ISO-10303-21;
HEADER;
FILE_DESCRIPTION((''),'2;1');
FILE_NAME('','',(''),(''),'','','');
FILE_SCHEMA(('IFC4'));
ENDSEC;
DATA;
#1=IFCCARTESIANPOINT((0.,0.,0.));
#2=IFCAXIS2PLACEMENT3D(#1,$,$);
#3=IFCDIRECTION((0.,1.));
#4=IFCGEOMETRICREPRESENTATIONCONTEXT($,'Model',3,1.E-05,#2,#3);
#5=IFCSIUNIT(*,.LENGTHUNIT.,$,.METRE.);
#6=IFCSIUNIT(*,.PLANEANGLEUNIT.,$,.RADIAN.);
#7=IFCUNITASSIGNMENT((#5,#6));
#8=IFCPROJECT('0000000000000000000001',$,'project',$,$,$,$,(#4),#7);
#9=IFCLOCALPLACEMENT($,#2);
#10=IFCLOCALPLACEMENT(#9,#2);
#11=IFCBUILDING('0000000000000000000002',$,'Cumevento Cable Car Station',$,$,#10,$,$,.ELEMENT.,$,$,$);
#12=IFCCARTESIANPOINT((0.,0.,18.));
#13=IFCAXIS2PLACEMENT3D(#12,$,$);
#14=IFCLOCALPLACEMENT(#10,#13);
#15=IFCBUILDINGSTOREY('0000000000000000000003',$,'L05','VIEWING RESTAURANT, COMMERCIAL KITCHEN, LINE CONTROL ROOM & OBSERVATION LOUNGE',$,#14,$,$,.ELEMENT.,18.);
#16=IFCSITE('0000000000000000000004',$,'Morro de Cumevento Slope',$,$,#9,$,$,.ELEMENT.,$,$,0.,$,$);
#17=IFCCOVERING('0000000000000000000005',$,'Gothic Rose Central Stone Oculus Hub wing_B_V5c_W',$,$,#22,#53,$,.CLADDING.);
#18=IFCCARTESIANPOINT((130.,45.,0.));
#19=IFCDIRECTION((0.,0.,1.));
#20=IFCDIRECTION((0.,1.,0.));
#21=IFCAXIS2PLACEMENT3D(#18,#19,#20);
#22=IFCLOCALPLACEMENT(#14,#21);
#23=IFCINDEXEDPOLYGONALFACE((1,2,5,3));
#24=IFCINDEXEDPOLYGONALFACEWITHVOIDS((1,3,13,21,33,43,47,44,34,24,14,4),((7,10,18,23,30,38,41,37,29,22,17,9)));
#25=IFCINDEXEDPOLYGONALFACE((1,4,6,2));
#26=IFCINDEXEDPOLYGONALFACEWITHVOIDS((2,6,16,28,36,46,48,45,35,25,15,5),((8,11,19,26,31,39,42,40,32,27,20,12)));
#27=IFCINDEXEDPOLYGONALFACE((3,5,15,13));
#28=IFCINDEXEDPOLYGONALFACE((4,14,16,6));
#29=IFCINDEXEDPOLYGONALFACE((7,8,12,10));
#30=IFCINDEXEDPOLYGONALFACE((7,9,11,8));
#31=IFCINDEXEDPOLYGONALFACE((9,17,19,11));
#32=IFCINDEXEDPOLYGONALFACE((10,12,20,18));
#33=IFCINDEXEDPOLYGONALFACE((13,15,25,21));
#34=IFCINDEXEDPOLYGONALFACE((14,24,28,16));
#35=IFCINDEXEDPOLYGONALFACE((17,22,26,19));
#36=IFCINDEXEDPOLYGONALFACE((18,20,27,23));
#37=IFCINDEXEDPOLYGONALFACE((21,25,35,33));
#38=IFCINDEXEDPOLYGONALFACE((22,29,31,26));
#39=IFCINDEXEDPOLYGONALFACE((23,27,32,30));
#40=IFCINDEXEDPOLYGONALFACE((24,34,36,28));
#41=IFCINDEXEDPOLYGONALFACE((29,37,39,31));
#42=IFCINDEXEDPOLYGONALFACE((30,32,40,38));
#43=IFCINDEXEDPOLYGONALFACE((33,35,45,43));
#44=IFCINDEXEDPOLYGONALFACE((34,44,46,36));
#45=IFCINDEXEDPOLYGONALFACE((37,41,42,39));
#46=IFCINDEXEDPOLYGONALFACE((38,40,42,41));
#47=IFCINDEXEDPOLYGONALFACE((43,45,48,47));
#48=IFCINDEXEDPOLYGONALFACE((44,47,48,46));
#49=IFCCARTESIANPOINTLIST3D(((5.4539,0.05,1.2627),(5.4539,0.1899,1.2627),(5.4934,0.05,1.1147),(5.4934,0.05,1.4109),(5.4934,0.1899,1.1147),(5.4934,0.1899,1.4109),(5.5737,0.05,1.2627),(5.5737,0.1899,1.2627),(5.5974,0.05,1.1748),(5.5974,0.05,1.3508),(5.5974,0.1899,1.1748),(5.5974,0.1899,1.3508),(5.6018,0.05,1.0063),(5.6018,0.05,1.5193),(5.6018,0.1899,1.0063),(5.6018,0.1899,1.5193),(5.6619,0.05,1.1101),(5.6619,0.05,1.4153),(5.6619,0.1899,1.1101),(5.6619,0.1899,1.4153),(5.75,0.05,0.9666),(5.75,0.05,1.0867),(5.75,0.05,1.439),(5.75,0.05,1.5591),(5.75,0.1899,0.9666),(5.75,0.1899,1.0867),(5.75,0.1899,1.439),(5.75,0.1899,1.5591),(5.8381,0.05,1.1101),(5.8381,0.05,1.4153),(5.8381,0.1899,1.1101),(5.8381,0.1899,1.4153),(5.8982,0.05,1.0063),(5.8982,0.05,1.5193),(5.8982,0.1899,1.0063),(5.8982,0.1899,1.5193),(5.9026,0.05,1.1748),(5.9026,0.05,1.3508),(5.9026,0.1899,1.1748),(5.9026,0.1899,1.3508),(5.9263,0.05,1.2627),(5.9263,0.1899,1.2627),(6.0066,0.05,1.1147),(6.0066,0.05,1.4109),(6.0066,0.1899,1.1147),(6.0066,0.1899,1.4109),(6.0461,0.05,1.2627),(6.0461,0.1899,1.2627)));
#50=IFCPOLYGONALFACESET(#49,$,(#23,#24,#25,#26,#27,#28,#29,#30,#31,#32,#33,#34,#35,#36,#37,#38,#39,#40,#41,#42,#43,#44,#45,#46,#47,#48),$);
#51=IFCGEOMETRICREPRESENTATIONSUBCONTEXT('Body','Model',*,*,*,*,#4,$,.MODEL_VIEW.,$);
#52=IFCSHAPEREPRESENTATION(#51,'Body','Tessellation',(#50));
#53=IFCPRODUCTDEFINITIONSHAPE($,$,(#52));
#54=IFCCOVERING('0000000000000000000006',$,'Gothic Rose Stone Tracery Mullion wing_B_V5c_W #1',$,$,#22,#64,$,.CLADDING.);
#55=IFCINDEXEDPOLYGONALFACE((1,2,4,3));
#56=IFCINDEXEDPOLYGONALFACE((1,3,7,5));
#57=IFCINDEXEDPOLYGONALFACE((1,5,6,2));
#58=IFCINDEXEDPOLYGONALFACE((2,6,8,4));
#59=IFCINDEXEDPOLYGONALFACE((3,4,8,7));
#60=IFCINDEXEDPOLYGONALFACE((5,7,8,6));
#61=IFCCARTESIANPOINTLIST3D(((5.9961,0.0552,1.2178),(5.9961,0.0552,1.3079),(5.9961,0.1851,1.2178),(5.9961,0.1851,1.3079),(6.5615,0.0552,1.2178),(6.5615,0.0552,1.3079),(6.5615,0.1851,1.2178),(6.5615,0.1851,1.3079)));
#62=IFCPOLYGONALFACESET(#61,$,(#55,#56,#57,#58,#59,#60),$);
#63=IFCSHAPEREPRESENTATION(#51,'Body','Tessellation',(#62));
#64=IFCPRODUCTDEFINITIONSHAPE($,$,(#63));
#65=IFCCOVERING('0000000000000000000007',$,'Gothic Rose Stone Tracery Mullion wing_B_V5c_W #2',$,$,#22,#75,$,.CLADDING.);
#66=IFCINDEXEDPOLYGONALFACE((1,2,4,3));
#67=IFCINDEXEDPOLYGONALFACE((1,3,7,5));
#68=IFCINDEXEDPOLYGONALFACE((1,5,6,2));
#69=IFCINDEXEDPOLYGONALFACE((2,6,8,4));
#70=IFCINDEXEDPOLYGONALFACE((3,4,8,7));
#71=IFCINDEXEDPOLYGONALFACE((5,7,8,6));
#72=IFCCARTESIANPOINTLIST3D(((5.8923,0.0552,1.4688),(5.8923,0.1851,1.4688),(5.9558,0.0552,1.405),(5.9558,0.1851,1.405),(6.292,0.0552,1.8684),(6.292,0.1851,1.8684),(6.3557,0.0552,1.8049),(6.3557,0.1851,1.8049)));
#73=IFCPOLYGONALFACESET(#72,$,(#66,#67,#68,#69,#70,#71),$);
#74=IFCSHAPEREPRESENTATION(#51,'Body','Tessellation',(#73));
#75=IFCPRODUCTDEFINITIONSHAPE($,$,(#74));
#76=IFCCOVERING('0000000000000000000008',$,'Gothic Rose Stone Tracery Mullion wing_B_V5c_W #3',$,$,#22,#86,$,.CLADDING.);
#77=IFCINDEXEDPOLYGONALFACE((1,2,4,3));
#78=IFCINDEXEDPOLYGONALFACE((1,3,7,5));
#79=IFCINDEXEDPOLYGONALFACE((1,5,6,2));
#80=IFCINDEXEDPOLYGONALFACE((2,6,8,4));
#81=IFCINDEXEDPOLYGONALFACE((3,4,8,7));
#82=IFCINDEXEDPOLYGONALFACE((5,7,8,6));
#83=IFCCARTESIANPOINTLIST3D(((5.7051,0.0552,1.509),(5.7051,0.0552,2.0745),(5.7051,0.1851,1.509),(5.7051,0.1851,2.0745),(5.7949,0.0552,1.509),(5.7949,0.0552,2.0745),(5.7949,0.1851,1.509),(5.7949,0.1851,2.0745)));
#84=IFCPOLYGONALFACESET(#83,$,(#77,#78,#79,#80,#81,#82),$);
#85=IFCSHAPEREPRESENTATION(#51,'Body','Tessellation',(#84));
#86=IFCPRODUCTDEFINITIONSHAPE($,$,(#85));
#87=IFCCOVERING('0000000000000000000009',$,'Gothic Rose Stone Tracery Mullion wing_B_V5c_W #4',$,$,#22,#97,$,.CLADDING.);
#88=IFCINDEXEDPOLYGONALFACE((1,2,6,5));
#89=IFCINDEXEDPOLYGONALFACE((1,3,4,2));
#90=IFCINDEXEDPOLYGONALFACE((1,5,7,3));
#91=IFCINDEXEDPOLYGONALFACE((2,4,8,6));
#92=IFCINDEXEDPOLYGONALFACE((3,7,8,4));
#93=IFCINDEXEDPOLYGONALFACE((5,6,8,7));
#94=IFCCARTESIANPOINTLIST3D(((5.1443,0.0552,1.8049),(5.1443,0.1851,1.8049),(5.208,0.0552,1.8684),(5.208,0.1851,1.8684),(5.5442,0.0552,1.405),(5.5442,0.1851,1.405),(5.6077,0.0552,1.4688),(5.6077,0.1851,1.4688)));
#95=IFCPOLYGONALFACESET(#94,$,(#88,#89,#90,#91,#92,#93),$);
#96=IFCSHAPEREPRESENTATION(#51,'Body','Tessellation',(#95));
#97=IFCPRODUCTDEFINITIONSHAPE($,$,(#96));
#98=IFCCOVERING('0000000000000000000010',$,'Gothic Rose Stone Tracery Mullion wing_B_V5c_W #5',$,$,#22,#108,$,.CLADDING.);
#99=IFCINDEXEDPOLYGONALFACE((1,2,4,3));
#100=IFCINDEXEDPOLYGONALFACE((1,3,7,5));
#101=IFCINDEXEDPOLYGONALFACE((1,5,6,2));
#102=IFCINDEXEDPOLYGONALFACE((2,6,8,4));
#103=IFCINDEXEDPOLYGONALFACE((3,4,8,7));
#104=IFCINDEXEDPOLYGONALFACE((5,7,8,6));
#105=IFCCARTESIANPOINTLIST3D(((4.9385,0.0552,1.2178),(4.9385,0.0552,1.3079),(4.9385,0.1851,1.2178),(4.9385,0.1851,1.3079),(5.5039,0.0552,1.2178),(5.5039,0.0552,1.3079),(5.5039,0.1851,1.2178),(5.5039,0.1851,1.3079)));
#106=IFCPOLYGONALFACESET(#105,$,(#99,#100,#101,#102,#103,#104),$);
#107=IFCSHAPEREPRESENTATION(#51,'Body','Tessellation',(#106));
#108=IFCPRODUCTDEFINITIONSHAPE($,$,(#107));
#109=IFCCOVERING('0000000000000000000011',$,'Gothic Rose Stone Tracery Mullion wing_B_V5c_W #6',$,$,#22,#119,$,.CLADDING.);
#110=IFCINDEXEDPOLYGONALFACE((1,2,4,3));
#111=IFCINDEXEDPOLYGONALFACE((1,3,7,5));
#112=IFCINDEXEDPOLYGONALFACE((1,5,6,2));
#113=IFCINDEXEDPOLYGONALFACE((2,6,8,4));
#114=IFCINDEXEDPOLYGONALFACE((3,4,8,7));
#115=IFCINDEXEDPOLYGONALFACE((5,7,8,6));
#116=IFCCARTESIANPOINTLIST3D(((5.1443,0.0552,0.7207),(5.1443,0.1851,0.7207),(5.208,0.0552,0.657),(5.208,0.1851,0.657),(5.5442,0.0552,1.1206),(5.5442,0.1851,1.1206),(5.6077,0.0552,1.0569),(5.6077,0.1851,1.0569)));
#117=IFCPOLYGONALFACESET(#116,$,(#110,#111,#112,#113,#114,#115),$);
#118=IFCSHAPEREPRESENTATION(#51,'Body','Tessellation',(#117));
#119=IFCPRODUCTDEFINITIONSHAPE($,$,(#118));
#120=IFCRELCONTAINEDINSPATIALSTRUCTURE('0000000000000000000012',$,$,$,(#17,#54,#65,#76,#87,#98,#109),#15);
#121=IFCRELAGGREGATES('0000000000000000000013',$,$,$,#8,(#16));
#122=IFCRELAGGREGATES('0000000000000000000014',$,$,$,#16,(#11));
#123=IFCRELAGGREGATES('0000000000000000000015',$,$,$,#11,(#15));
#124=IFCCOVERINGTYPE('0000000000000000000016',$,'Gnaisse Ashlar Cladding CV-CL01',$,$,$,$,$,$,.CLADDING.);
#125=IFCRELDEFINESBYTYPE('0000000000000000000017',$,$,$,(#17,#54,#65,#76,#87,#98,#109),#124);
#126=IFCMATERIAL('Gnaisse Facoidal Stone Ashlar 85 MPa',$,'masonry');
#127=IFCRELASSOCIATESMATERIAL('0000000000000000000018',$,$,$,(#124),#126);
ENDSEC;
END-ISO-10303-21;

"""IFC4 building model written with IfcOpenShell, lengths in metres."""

from ifc_helpers import new_model, si_unit, direction, frame, origin, place, context, subcontext, project, spatial, polyline, outline, extrude, material, type_object, element, save


model = new_model("IFC4")

# Units and contexts
model_context = context("Model", 3, precision=1e-05, world=origin(), true_north=direction((0.0, 1.0)))
body_context = subcontext(model_context, "Body", "Model", "MODEL_VIEW")
ifc_project = project(units=[si_unit("LENGTHUNIT", "METRE"), si_unit("PLANEANGLEUNIT", "RADIAN")], contexts=[model_context])

# Site, building, storey
site_placement = place(None, origin())
site = spatial("IfcSite", under=ifc_project, at=site_placement, Name="Morro de Cumevento Slope", CompositionType="ELEMENT", RefElevation=0.0)
building_placement = place(site_placement, origin())
building = spatial("IfcBuilding", under=site, at=building_placement, Name="Cumevento Cable Car Station", CompositionType="ELEMENT")
storey_placement = place(building_placement, frame((0.0, 0.0, 18.0)))
storey = spatial("IfcBuildingStorey", under=building, at=storey_placement, Name="L05", Description="VIEWING RESTAURANT, COMMERCIAL KITCHEN, LINE CONTROL ROOM & OBSERVATION LOUNGE", CompositionType="ELEMENT", Elevation=18.0)

# Coverings
ifc_material_1 = material(Name="Gnaisse Facoidal Stone Ashlar 85 MPa", Category="masonry")
covering_type = type_object("IfcCoveringType", Name="Gnaisse Ashlar Cladding CV-CL01", PredefinedType="CLADDING", material=ifc_material_1)
placement = place(storey_placement, frame((130.0, 45.0, 0.0), z_axis=(0.0, 0.0, 1.0), x_axis=(0.0, 1.0, 0.0)))
element("IfcCovering", 1, at=placement, inside=storey, type_object=covering_type, Name="Gothic Rose Central Stone Oculus Hub wing_B_V5c_W", PredefinedType="CLADDING", context=body_context, shape_type="SweptSolid", body=[
    extrude(outline(polyline([(6.0461, 1.2627), (6.0066, 1.4109), (5.8982, 1.5193), (5.75, 1.5591), (5.6018, 1.5193), (5.4934, 1.4109), (5.4539, 1.2627), (5.4934, 1.1147), (5.6018, 1.0063), (5.75, 0.9666), (5.8982, 1.0063), (6.0066, 1.1147), (6.0461, 1.2627)]), holes=[polyline([(5.9263, 1.2627), (5.9026, 1.3508), (5.8381, 1.4153), (5.75, 1.439), (5.6619, 1.4153), (5.5974, 1.3508), (5.5737, 1.2627), (5.5974, 1.1748), (5.6619, 1.1101), (5.75, 1.0867), (5.8381, 1.1101), (5.9026, 1.1748), (5.9263, 1.2627)])]), frame((0.0, 0.1899, 0.0), z_axis=(0.0, -1.0, 0.0), x_axis=(1.0, 0.0, 0.0)), (0.0, 0.0, 1.0), 0.1399),
])
element("IfcCovering", 2, at=placement, inside=storey, type_object=covering_type, Name="Gothic Rose Stone Tracery Mullion wing_B_V5c_W #1", PredefinedType="CLADDING", context=body_context, shape_type="SweptSolid", body=[
    extrude(outline(polyline([(5.9961, 1.3079), (6.5615, 1.3079), (6.5615, 1.2178), (5.9961, 1.2178), (5.9961, 1.3079)])), frame((0.0, 0.1851, 0.0), z_axis=(0.0, -1.0, 0.0), x_axis=(1.0, 0.0, 0.0)), (0.0, 0.0, 1.0), 0.1299),
])
element("IfcCovering", 3, at=placement, inside=storey, type_object=covering_type, Name="Gothic Rose Stone Tracery Mullion wing_B_V5c_W #2", PredefinedType="CLADDING", context=body_context, shape_type="SweptSolid", body=[
    extrude(outline(polyline([(5.8923, 1.4688), (6.292, 1.8684), (6.3557, 1.8049), (5.9558, 1.405), (5.8923, 1.4688)])), frame((0.0, 0.1851, 0.0), z_axis=(0.0, -1.0, 0.0), x_axis=(1.0, 0.0, 0.0)), (0.0, 0.0, 1.0), 0.1299),
])
element("IfcCovering", 4, at=placement, inside=storey, type_object=covering_type, Name="Gothic Rose Stone Tracery Mullion wing_B_V5c_W #3", PredefinedType="CLADDING", context=body_context, shape_type="SweptSolid", body=[
    extrude(outline(polyline([(5.7051, 1.509), (5.7051, 2.0745), (5.7949, 2.0745), (5.7949, 1.509), (5.7051, 1.509)])), frame((0.0, 0.1851, 0.0), z_axis=(0.0, -1.0, 0.0), x_axis=(1.0, 0.0, 0.0)), (0.0, 0.0, 1.0), 0.1299),
])
element("IfcCovering", 5, at=placement, inside=storey, type_object=covering_type, Name="Gothic Rose Stone Tracery Mullion wing_B_V5c_W #4", PredefinedType="CLADDING", context=body_context, shape_type="SweptSolid", body=[
    extrude(outline(polyline([(5.5442, 1.405), (5.1443, 1.8049), (5.208, 1.8684), (5.6077, 1.4688), (5.5442, 1.405)])), frame((0.0, 0.1851, 0.0), z_axis=(0.0, -1.0, 0.0), x_axis=(1.0, 0.0, 0.0)), (0.0, 0.0, 1.0), 0.1299),
])
element("IfcCovering", 6, at=placement, inside=storey, type_object=covering_type, Name="Gothic Rose Stone Tracery Mullion wing_B_V5c_W #5", PredefinedType="CLADDING", context=body_context, shape_type="SweptSolid", body=[
    extrude(outline(polyline([(5.5039, 1.2178), (4.9385, 1.2178), (4.9385, 1.3079), (5.5039, 1.3079), (5.5039, 1.2178)])), frame((0.0, 0.1851, 0.0), z_axis=(0.0, -1.0, 0.0), x_axis=(1.0, 0.0, 0.0)), (0.0, 0.0, 1.0), 0.1299),
])
element("IfcCovering", 7, at=placement, inside=storey, type_object=covering_type, Name="Gothic Rose Stone Tracery Mullion wing_B_V5c_W #6", PredefinedType="CLADDING", context=body_context, shape_type="SweptSolid", body=[
    extrude(outline(polyline([(5.6077, 1.0569), (5.208, 0.657), (5.1443, 0.7207), (5.5442, 1.1206), (5.6077, 1.0569)])), frame((0.0, 0.1851, 0.0), z_axis=(0.0, -1.0, 0.0), x_axis=(1.0, 0.0, 0.0)), (0.0, 0.0, 1.0), 0.1299),
])

save(model, "model.ifc")
